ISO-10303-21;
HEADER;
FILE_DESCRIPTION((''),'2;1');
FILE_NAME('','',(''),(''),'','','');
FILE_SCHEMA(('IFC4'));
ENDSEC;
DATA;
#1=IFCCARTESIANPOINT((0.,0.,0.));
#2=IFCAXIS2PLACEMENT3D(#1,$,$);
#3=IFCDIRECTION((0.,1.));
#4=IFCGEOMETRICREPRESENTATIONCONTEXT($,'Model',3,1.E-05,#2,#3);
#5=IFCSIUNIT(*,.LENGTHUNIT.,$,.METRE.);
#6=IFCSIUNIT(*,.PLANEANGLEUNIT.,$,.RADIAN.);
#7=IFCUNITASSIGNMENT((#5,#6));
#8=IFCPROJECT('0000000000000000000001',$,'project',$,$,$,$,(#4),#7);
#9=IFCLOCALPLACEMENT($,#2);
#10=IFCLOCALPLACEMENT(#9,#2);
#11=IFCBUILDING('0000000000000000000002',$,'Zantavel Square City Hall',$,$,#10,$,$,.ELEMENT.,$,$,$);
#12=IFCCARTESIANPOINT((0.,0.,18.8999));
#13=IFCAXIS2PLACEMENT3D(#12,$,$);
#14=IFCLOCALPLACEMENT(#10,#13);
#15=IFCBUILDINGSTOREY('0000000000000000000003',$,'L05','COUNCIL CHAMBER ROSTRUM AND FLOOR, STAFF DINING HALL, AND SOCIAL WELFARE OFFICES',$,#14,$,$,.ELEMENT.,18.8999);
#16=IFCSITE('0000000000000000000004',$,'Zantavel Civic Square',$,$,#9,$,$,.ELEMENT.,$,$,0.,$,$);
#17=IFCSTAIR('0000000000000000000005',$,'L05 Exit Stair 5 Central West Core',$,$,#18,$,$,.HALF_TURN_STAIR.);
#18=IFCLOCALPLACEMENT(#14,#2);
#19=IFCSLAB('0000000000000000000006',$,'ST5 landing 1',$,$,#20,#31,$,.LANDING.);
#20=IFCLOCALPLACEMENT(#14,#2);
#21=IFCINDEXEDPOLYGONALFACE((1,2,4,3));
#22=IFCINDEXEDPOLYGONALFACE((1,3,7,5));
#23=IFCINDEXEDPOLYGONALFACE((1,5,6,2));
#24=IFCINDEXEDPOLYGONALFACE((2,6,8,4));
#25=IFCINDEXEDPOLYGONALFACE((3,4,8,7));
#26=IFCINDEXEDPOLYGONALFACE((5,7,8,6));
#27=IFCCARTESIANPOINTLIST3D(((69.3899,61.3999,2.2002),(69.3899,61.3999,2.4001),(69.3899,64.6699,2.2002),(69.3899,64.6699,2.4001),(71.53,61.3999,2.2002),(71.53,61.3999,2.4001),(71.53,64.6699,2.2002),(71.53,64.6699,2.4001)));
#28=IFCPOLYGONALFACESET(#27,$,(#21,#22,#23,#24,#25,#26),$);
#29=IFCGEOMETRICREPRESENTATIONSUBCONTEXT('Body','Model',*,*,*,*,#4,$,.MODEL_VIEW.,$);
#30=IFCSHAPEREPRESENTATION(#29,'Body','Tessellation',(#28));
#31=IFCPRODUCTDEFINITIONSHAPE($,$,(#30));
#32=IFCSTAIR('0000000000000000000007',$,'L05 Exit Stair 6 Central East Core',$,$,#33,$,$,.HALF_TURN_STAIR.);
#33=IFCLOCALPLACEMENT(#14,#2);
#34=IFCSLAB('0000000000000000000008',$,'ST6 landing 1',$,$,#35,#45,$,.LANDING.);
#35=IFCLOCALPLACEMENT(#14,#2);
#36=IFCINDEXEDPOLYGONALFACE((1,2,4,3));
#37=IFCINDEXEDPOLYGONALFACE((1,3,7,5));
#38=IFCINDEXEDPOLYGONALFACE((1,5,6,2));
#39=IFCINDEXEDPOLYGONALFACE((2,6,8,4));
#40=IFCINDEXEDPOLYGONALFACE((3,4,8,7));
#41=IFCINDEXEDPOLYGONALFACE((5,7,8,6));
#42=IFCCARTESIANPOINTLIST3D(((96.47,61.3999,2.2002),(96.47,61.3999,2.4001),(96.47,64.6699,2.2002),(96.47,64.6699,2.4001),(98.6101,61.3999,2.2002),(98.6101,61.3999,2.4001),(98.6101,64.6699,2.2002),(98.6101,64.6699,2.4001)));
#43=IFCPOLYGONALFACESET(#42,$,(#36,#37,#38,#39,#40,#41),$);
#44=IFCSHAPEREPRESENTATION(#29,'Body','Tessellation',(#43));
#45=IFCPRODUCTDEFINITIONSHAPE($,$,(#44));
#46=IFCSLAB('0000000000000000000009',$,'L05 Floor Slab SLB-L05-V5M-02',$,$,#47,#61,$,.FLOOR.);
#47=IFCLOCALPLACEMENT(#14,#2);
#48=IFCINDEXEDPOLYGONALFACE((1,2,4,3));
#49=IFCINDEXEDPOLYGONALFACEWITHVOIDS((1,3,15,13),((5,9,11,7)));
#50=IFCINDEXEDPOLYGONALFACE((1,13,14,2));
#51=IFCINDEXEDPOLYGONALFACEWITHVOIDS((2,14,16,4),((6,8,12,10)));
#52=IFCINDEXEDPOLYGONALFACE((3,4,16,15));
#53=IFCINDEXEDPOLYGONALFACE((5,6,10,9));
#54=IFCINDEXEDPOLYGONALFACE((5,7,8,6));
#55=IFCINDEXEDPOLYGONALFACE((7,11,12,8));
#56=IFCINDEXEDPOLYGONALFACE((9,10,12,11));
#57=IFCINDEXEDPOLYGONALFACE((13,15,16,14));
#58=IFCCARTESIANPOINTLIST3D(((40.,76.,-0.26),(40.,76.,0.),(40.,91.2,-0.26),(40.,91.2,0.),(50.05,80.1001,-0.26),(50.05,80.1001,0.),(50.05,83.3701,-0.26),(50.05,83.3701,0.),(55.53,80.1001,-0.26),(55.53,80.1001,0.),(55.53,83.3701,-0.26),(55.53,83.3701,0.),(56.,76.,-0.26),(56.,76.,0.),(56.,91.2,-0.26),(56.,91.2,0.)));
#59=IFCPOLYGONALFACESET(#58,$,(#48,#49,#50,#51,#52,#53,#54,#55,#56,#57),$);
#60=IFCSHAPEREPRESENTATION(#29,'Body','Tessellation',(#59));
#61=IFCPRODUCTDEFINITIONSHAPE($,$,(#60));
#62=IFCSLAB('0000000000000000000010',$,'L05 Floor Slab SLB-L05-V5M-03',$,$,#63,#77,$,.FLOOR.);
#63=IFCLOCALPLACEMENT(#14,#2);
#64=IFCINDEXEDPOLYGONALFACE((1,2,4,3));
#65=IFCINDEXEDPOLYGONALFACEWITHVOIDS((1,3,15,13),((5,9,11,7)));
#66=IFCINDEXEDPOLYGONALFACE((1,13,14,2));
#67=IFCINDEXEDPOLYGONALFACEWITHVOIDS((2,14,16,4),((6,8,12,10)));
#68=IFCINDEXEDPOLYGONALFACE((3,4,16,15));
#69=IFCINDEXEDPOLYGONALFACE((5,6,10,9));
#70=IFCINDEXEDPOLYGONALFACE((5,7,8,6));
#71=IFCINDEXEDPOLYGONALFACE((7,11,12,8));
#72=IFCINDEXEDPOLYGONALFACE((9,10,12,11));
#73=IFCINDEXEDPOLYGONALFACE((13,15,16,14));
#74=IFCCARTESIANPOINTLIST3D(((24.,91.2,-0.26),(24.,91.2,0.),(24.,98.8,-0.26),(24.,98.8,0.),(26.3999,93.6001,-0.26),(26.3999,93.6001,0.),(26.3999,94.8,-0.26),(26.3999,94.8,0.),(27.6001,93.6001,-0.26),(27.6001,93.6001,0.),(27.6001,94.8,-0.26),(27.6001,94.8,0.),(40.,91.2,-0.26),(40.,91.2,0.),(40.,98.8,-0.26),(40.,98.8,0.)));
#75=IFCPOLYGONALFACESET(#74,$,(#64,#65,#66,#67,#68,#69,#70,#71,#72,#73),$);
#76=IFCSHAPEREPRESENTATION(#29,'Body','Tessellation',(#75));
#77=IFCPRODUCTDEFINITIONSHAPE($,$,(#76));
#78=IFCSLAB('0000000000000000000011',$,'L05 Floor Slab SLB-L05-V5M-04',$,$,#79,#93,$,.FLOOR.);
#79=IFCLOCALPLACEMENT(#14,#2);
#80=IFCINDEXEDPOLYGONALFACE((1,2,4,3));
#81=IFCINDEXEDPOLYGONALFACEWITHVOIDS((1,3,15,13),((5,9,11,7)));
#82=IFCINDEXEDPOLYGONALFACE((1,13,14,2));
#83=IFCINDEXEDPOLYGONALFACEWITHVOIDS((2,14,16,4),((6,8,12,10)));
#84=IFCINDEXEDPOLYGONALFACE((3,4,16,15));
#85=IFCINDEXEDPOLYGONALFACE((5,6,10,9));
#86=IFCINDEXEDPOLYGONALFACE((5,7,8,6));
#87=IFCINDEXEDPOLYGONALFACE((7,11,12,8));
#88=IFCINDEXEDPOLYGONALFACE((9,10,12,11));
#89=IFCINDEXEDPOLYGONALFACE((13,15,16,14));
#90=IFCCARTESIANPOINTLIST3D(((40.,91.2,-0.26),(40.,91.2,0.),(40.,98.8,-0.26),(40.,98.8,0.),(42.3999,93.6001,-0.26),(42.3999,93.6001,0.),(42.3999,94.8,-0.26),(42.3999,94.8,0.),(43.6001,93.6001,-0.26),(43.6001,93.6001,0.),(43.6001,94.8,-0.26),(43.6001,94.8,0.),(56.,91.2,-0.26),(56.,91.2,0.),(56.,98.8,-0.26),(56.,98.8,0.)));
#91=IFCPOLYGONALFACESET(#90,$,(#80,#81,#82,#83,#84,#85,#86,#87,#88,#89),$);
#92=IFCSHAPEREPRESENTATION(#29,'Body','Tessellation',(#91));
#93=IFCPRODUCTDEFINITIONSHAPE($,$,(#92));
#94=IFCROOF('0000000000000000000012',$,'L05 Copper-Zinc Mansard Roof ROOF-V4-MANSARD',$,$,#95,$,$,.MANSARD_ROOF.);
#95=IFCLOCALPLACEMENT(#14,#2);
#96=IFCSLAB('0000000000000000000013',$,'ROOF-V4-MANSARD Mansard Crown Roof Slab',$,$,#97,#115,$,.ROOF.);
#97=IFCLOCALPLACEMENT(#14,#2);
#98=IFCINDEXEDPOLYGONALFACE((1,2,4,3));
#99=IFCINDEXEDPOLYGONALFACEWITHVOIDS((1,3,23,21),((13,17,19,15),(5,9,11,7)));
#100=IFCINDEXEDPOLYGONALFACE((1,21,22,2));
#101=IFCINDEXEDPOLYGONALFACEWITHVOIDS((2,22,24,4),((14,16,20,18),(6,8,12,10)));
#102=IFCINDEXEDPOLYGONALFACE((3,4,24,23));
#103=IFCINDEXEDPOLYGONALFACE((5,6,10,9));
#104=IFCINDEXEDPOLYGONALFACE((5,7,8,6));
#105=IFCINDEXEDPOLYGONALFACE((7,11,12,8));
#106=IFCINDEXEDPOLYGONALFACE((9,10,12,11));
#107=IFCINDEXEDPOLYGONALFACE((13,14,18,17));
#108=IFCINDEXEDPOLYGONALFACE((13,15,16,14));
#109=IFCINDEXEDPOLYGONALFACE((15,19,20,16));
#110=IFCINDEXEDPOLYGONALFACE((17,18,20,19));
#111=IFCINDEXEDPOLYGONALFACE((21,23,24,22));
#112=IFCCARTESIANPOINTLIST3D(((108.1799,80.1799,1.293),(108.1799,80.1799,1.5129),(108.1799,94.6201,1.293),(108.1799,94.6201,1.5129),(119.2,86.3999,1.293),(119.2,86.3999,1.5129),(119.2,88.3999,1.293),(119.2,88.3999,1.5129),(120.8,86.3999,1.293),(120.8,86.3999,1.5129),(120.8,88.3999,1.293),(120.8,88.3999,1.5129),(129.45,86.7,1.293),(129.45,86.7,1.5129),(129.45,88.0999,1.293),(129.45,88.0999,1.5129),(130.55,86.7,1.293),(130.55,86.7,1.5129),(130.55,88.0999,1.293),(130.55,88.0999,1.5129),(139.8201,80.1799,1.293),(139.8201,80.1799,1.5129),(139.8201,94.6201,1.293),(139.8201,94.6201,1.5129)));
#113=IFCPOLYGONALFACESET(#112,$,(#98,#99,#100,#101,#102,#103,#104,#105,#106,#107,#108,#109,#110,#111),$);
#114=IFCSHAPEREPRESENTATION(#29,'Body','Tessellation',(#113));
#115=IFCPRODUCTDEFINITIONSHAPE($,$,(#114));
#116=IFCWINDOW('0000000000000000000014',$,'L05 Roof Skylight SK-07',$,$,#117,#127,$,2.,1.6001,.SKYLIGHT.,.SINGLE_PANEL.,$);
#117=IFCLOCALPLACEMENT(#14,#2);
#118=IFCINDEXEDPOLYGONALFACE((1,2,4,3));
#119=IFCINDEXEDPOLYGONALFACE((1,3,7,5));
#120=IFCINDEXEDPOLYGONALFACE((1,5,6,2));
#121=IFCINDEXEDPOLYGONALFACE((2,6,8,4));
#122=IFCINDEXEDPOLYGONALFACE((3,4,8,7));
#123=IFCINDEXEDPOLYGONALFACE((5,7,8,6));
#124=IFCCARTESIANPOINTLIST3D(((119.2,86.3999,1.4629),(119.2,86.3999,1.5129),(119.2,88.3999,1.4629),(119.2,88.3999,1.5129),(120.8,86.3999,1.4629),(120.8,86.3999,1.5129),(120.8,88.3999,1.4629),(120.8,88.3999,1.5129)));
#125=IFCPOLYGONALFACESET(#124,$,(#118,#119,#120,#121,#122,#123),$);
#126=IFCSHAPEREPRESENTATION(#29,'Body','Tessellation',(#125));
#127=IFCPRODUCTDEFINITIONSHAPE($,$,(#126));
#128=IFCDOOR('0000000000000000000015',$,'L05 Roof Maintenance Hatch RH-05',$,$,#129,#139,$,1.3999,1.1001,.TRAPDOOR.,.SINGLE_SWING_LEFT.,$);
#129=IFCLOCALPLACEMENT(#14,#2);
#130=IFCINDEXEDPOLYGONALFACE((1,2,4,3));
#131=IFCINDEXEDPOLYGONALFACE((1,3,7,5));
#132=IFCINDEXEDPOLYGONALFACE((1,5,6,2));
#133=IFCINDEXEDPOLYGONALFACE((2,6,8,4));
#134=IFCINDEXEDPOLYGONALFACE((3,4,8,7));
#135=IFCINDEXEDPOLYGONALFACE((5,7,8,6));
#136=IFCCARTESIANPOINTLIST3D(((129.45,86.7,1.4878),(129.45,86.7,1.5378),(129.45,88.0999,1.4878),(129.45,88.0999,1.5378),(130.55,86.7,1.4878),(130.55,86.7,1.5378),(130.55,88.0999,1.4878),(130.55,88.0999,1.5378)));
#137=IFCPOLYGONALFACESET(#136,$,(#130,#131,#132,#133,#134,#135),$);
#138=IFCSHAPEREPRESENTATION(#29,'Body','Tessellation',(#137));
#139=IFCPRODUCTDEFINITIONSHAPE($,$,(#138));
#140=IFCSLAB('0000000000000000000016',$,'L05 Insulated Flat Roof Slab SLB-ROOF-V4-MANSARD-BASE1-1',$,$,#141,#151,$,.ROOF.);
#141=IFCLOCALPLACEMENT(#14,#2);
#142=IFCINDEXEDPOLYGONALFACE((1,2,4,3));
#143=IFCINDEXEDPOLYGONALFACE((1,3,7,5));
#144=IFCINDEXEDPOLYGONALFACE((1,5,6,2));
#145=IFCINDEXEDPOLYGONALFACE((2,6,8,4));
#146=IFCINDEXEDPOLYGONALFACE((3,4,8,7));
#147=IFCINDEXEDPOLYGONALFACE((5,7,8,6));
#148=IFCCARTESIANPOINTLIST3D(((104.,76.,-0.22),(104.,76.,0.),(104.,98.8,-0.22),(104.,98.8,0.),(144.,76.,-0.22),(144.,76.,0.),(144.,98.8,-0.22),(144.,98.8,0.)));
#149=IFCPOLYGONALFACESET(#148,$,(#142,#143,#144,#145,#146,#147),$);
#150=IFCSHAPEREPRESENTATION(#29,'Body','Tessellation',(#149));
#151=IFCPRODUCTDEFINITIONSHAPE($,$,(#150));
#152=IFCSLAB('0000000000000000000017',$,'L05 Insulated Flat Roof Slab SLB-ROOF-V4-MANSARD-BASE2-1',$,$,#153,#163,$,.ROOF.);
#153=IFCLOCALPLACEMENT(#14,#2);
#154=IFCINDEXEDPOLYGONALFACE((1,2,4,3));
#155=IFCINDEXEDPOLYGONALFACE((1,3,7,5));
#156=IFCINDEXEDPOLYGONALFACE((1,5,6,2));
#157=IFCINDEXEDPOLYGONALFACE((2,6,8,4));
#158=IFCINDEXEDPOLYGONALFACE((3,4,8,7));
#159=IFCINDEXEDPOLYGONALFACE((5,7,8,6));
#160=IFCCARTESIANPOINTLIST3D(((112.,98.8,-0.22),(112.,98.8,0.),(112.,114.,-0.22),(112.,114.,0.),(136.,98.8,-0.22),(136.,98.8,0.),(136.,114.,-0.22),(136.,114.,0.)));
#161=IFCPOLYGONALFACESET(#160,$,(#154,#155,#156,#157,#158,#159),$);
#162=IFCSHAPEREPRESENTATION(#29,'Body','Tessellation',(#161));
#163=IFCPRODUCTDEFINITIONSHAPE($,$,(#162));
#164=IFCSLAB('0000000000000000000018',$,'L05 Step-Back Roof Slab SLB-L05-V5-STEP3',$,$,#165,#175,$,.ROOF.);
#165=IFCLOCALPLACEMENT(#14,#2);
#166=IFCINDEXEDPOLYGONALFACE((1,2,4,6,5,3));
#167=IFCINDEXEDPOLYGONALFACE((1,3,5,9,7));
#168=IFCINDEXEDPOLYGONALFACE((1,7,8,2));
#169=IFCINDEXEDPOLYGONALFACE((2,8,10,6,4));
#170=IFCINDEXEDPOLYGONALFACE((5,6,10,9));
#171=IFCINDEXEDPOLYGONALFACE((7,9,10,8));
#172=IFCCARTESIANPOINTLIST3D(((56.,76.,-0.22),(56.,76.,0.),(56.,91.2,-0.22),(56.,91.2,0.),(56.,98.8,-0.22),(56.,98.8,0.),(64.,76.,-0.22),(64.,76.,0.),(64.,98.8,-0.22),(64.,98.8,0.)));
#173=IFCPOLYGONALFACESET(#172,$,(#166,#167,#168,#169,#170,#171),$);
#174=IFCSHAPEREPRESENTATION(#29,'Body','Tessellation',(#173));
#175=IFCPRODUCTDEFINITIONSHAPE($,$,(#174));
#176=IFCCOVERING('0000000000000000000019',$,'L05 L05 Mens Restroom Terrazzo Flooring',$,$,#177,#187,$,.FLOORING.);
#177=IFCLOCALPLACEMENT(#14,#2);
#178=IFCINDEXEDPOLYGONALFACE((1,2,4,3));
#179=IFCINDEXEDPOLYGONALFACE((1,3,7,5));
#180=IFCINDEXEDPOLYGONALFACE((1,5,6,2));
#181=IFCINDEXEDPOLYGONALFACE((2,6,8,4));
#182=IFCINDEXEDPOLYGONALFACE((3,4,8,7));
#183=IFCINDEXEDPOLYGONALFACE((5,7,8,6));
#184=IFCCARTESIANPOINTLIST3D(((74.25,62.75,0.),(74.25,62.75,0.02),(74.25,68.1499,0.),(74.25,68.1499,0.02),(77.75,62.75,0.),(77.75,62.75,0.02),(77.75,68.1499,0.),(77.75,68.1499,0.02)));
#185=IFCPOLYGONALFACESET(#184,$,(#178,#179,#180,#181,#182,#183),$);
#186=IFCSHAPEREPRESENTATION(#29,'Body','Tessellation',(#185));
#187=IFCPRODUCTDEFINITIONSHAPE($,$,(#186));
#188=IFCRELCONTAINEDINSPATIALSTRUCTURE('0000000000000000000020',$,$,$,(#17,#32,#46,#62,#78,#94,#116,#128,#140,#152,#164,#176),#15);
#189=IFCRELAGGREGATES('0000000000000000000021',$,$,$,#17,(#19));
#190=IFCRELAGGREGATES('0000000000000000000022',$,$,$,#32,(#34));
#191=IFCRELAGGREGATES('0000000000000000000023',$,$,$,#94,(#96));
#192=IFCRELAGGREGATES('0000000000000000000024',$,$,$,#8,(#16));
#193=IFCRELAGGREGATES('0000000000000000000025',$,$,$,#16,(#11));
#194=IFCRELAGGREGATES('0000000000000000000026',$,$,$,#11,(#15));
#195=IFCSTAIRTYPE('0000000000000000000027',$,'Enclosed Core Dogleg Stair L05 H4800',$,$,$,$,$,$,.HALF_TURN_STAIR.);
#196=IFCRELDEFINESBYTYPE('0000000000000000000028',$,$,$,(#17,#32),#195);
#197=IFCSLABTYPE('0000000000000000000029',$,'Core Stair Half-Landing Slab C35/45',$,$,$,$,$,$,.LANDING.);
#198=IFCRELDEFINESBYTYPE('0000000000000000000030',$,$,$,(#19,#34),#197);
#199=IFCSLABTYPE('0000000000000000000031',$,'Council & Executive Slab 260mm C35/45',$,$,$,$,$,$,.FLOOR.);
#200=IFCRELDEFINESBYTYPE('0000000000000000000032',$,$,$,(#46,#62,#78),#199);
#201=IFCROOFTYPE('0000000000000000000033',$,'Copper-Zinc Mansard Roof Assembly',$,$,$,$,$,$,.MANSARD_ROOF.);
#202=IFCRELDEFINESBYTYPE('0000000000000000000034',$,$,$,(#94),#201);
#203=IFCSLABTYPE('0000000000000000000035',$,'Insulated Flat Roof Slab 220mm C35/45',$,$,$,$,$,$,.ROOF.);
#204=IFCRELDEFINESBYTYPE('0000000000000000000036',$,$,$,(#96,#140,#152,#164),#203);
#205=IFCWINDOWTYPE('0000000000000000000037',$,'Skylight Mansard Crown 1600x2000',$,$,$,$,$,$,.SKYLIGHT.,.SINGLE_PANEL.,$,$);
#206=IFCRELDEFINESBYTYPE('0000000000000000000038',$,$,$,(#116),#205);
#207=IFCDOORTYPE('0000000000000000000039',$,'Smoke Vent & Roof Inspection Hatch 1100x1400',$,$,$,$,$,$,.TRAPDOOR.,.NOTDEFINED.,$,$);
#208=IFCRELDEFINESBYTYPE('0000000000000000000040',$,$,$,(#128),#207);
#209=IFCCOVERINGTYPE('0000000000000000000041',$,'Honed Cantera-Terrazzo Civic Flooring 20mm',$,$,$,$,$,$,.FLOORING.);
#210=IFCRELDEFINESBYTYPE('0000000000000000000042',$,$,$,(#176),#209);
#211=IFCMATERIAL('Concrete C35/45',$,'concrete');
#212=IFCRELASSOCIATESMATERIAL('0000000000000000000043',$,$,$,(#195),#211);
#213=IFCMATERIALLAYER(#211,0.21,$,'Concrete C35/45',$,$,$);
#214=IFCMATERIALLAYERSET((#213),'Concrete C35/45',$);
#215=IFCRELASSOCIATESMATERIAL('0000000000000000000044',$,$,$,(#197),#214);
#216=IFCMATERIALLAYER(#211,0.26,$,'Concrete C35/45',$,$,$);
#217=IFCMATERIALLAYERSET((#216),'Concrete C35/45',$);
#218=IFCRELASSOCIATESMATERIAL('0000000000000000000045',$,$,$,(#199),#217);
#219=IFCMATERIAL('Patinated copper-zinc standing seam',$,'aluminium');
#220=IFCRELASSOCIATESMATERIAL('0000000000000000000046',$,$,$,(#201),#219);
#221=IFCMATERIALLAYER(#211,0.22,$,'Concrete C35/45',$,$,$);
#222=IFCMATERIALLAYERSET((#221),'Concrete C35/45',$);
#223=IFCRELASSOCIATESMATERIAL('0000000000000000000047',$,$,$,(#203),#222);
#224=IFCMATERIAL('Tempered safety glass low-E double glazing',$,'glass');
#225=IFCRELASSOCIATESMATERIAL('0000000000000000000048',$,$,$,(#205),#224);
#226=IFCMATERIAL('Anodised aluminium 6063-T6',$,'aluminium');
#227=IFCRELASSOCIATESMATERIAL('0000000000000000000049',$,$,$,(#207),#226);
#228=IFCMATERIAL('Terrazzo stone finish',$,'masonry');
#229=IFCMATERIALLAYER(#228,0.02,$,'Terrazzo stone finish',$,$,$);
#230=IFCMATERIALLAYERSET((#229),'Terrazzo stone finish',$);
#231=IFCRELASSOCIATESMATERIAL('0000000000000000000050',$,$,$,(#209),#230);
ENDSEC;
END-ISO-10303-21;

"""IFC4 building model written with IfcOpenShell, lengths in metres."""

from ifc_helpers import new_model, si_unit, direction, frame, origin, origin_2d, place, context, subcontext, project, spatial, polyline, rectangle, outline, extrude, material, layer, layer_set, type_object, element, fill, aggregate, save


model = new_model("IFC4")

# Units and contexts
model_context = context("Model", 3, precision=1e-05, world=origin(), true_north=direction((0.0, 1.0)))
body_context = subcontext(model_context, "Body", "Model", "MODEL_VIEW")
ifc_project = project(units=[si_unit("LENGTHUNIT", "METRE"), si_unit("PLANEANGLEUNIT", "RADIAN")], contexts=[model_context])

# Site, building, storey
site_placement = place(None, origin())
site = spatial("IfcSite", under=ifc_project, at=site_placement, Name="Zantavel Civic Square", CompositionType="ELEMENT", RefElevation=0.0)
building_placement = place(site_placement, origin())
building = spatial("IfcBuilding", under=site, at=building_placement, Name="Zantavel Square City Hall", CompositionType="ELEMENT")
storey_placement = place(building_placement, frame((0.0, 0.0, 18.8999)))
storey = spatial("IfcBuildingStorey", under=building, at=storey_placement, Name="L05", Description="COUNCIL CHAMBER ROSTRUM AND FLOOR, STAFF DINING HALL, AND SOCIAL WELFARE OFFICES", CompositionType="ELEMENT", Elevation=18.8999)

# Stairs, slabs
ifc_material_1 = material(Name="Concrete C35/45", Category="concrete")
stair_type = type_object("IfcStairType", Name="Enclosed Core Dogleg Stair L05 H4800", PredefinedType="HALF_TURN_STAIR", material=ifc_material_1)
stair_1_placement = place(storey_placement, origin())
stair_1 = element("IfcStair", 1, at=stair_1_placement, inside=storey, type_object=stair_type, Name="L05 Exit Stair 5 Central West Core", PredefinedType="HALF_TURN_STAIR")
ifc_layer_1 = layer(ifc_material_1, 0.21, Name="Concrete C35/45")
ifc_layer_set_1 = layer_set([ifc_layer_1], Name="Concrete C35/45")
slab_type_1 = type_object("IfcSlabType", Name="Core Stair Half-Landing Slab C35/45", PredefinedType="LANDING", material=ifc_layer_set_1)
slab_1_placement = place(storey_placement, frame((0.0, 0.0, 2.2002)))
slab_1 = element("IfcSlab", 2, at=slab_1_placement, type_object=slab_type_1, Name="ST5 landing 1", PredefinedType="LANDING", context=body_context, shape_type="SweptSolid", body=[
    extrude(outline(polyline([(69.3899, 61.3999), (71.53, 61.3999), (71.53, 64.6699), (69.3899, 64.6699), (69.3899, 61.3999)])), origin(), (0.0, 0.0, 1.0), 0.2),
])
aggregate(stair_1, [slab_1])
stair_2_placement = place(storey_placement, origin())
stair_2 = element("IfcStair", 3, at=stair_2_placement, inside=storey, type_object=stair_type, Name="L05 Exit Stair 6 Central East Core", PredefinedType="HALF_TURN_STAIR")
slab_2_placement = place(storey_placement, frame((0.0, 0.0, 2.2002)))
slab_2 = element("IfcSlab", 4, at=slab_2_placement, type_object=slab_type_1, Name="ST6 landing 1", PredefinedType="LANDING", context=body_context, shape_type="SweptSolid", body=[
    extrude(outline(polyline([(98.6101, 64.6699), (96.47, 64.6699), (96.47, 61.3999), (98.6101, 61.3999), (98.6101, 64.6699)])), origin(), (0.0, 0.0, 1.0), 0.2),
])
aggregate(stair_2, [slab_2])

# Slabs
ifc_layer_2 = layer(ifc_material_1, 0.26, Name="Concrete C35/45")
ifc_layer_set_2 = layer_set([ifc_layer_2], Name="Concrete C35/45")
slab_type_2 = type_object("IfcSlabType", Name="Council & Executive Slab 260mm C35/45", PredefinedType="FLOOR", material=ifc_layer_set_2)
slab_3_placement = place(storey_placement, frame((0.0, 0.0, -0.26)))
element("IfcSlab", 5, at=slab_3_placement, inside=storey, type_object=slab_type_2, Name="L05 Floor Slab SLB-L05-V5M-02", PredefinedType="FLOOR", context=body_context, shape_type="SweptSolid", body=[
    extrude(outline(polyline([(56.0, 76.0), (40.0, 76.0), (40.0, 91.2), (56.0, 91.2), (56.0, 76.0)]), holes=[polyline([(55.53, 83.3701), (50.05, 83.3701), (50.05, 80.1001), (55.53, 80.1001), (55.53, 83.3701)])]), origin(), (0.0, 0.0, 1.0), 0.26),
])
slab_4_placement = place(storey_placement, frame((0.0, 0.0, -0.26)))
element("IfcSlab", 6, at=slab_4_placement, inside=storey, type_object=slab_type_2, Name="L05 Floor Slab SLB-L05-V5M-03", PredefinedType="FLOOR", context=body_context, shape_type="SweptSolid", body=[
    extrude(outline(polyline([(40.0, 98.8), (40.0, 91.2), (24.0, 91.2), (24.0, 98.8), (40.0, 98.8)]), holes=[polyline([(27.6001, 94.8), (26.3999, 94.8), (26.3999, 93.6001), (27.6001, 93.6001), (27.6001, 94.8)])]), origin(), (0.0, 0.0, 1.0), 0.26),
])
slab_5_placement = place(storey_placement, frame((0.0, 0.0, -0.26)))
element("IfcSlab", 7, at=slab_5_placement, inside=storey, type_object=slab_type_2, Name="L05 Floor Slab SLB-L05-V5M-04", PredefinedType="FLOOR", context=body_context, shape_type="SweptSolid", body=[
    extrude(outline(polyline([(56.0, 91.2), (40.0, 91.2), (40.0, 98.8), (56.0, 98.8), (56.0, 91.2)]), holes=[polyline([(43.6001, 94.8), (42.3999, 94.8), (42.3999, 93.6001), (43.6001, 93.6001), (43.6001, 94.8)])]), origin(), (0.0, 0.0, 1.0), 0.26),
])

# Roof, slab, openings, window, door
ifc_material_2 = material(Name="Patinated copper-zinc standing seam", Category="aluminium")
roof_type = type_object("IfcRoofType", Name="Copper-Zinc Mansard Roof Assembly", PredefinedType="MANSARD_ROOF", material=ifc_material_2)
roof_placement = place(storey_placement, origin())
roof = element("IfcRoof", 8, at=roof_placement, inside=storey, type_object=roof_type, Name="L05 Copper-Zinc Mansard Roof ROOF-V4-MANSARD", PredefinedType="MANSARD_ROOF")
ifc_layer_3 = layer(ifc_material_1, 0.22, Name="Concrete C35/45")
ifc_layer_set_3 = layer_set([ifc_layer_3], Name="Concrete C35/45")
slab_type_3 = type_object("IfcSlabType", Name="Insulated Flat Roof Slab 220mm C35/45", PredefinedType="ROOF", material=ifc_layer_set_3)
slab_6_placement = place(storey_placement, frame((0.0, 0.0, 1.293)))
slab_6 = element("IfcSlab", 9, at=slab_6_placement, type_object=slab_type_3, Name="ROOF-V4-MANSARD Mansard Crown Roof Slab", PredefinedType="ROOF", context=body_context, shape_type="SweptSolid", body=[
    extrude(outline(polyline([(108.1799, 80.1799), (139.8201, 80.1799), (139.8201, 94.6201), (108.1799, 94.6201), (108.1799, 80.1799)])), origin(), (0.0, 0.0, 1.0), 0.22),
])
opening_1_placement = place(slab_6_placement, frame((120.0, 87.3999, 0.0)))
opening_1 = element("IfcOpeningElement", 10, at=opening_1_placement, cuts=slab_6, PredefinedType="OPENING", context=body_context, shape_type="SweptSolid", body=[
    extrude(rectangle(XDim=1.6001, YDim=2.0, at=origin_2d()), frame((0.0, 0.0, -0.02)), (0.0, 0.0, 1.0), 0.26),
])
opening_2_placement = place(slab_6_placement, frame((130.0, 87.3999, 0.0)))
opening_2 = element("IfcOpeningElement", 11, at=opening_2_placement, cuts=slab_6, PredefinedType="OPENING", context=body_context, shape_type="SweptSolid", body=[
    extrude(rectangle(XDim=1.1001, YDim=1.3999, at=origin_2d()), frame((0.0, 0.0, -0.02)), (0.0, 0.0, 1.0), 0.2849),
])
ifc_material_3 = material(Name="Tempered safety glass low-E double glazing", Category="glass")
window_type = type_object("IfcWindowType", Name="Skylight Mansard Crown 1600x2000", PartitioningType="SINGLE_PANEL", PredefinedType="SKYLIGHT", material=ifc_material_3)
window_placement = place(opening_1_placement, frame((0.0, 0.0, 0.1699)))
window = element("IfcWindow", 12, at=window_placement, inside=storey, type_object=window_type, Name="L05 Roof Skylight SK-07", OverallHeight=2.0, OverallWidth=1.6001, PartitioningType="SINGLE_PANEL", PredefinedType="SKYLIGHT", context=body_context, shape_type="SweptSolid", body=[
    extrude(rectangle(XDim=1.6001, YDim=2.0, at=origin_2d()), origin(), (0.0, 0.0, 1.0), 0.05),
])
fill(opening_1, window)
ifc_material_4 = material(Name="Anodised aluminium 6063-T6", Category="aluminium")
door_type = type_object("IfcDoorType", Name="Smoke Vent & Roof Inspection Hatch 1100x1400", OperationType="NOTDEFINED", PredefinedType="TRAPDOOR", material=ifc_material_4)
door_placement = place(opening_2_placement, frame((0.0, 0.0, 0.1948)))
door = element("IfcDoor", 13, at=door_placement, inside=storey, type_object=door_type, Name="L05 Roof Maintenance Hatch RH-05", OperationType="SINGLE_SWING_LEFT", OverallHeight=1.3999, OverallWidth=1.1001, PredefinedType="TRAPDOOR", context=body_context, shape_type="SweptSolid", body=[
    extrude(rectangle(XDim=1.1001, YDim=1.3999, at=origin_2d()), origin(), (0.0, 0.0, 1.0), 0.05),
])
fill(opening_2, door)
aggregate(roof, [slab_6])

# Slabs
slab_7_placement = place(storey_placement, frame((0.0, 0.0, -0.22)))
element("IfcSlab", 14, at=slab_7_placement, inside=storey, type_object=slab_type_3, Name="L05 Insulated Flat Roof Slab SLB-ROOF-V4-MANSARD-BASE1-1", PredefinedType="ROOF", context=body_context, shape_type="SweptSolid", body=[
    extrude(outline(polyline([(104.0, 76.0), (104.0, 98.8), (144.0, 98.8), (144.0, 76.0), (104.0, 76.0)])), origin(), (0.0, 0.0, 1.0), 0.22),
])
slab_8_placement = place(storey_placement, frame((0.0, 0.0, -0.22)))
element("IfcSlab", 15, at=slab_8_placement, inside=storey, type_object=slab_type_3, Name="L05 Insulated Flat Roof Slab SLB-ROOF-V4-MANSARD-BASE2-1", PredefinedType="ROOF", context=body_context, shape_type="SweptSolid", body=[
    extrude(outline(polyline([(112.0, 114.0), (136.0, 114.0), (136.0, 98.8), (112.0, 98.8), (112.0, 114.0)])), origin(), (0.0, 0.0, 1.0), 0.22),
])
slab_9_placement = place(storey_placement, frame((0.0, 0.0, -0.22)))
element("IfcSlab", 16, at=slab_9_placement, inside=storey, type_object=slab_type_3, Name="L05 Step-Back Roof Slab SLB-L05-V5-STEP3", PredefinedType="ROOF", context=body_context, shape_type="SweptSolid", body=[
    extrude(outline(polyline([(64.0, 98.8), (64.0, 76.0), (56.0, 76.0), (56.0, 91.2), (56.0, 98.8), (64.0, 98.8)])), origin(), (0.0, 0.0, 1.0), 0.22),
])

# Covering
ifc_material_5 = material(Name="Terrazzo stone finish", Category="masonry")
ifc_layer_4 = layer(ifc_material_5, 0.02, Name="Terrazzo stone finish")
ifc_layer_set_4 = layer_set([ifc_layer_4], Name="Terrazzo stone finish")
covering_type_1 = type_object("IfcCoveringType", Name="Honed Cantera-Terrazzo Civic Flooring 20mm", PredefinedType="FLOORING", material=ifc_layer_set_4)
covering_1_placement = place(storey_placement, origin())
element("IfcCovering", 17, at=covering_1_placement, inside=storey, type_object=covering_type_1, Name="L05 L05 Mens Restroom Terrazzo Flooring", PredefinedType="FLOORING", context=body_context, shape_type="SweptSolid", body=[
    extrude(outline(polyline([(74.25, 62.75), (74.25, 68.1499), (77.75, 68.1499), (77.75, 62.75), (74.25, 62.75)])), origin(), (0.0, 0.0, 1.0), 0.02),
])

save(model, "model.ifc")
